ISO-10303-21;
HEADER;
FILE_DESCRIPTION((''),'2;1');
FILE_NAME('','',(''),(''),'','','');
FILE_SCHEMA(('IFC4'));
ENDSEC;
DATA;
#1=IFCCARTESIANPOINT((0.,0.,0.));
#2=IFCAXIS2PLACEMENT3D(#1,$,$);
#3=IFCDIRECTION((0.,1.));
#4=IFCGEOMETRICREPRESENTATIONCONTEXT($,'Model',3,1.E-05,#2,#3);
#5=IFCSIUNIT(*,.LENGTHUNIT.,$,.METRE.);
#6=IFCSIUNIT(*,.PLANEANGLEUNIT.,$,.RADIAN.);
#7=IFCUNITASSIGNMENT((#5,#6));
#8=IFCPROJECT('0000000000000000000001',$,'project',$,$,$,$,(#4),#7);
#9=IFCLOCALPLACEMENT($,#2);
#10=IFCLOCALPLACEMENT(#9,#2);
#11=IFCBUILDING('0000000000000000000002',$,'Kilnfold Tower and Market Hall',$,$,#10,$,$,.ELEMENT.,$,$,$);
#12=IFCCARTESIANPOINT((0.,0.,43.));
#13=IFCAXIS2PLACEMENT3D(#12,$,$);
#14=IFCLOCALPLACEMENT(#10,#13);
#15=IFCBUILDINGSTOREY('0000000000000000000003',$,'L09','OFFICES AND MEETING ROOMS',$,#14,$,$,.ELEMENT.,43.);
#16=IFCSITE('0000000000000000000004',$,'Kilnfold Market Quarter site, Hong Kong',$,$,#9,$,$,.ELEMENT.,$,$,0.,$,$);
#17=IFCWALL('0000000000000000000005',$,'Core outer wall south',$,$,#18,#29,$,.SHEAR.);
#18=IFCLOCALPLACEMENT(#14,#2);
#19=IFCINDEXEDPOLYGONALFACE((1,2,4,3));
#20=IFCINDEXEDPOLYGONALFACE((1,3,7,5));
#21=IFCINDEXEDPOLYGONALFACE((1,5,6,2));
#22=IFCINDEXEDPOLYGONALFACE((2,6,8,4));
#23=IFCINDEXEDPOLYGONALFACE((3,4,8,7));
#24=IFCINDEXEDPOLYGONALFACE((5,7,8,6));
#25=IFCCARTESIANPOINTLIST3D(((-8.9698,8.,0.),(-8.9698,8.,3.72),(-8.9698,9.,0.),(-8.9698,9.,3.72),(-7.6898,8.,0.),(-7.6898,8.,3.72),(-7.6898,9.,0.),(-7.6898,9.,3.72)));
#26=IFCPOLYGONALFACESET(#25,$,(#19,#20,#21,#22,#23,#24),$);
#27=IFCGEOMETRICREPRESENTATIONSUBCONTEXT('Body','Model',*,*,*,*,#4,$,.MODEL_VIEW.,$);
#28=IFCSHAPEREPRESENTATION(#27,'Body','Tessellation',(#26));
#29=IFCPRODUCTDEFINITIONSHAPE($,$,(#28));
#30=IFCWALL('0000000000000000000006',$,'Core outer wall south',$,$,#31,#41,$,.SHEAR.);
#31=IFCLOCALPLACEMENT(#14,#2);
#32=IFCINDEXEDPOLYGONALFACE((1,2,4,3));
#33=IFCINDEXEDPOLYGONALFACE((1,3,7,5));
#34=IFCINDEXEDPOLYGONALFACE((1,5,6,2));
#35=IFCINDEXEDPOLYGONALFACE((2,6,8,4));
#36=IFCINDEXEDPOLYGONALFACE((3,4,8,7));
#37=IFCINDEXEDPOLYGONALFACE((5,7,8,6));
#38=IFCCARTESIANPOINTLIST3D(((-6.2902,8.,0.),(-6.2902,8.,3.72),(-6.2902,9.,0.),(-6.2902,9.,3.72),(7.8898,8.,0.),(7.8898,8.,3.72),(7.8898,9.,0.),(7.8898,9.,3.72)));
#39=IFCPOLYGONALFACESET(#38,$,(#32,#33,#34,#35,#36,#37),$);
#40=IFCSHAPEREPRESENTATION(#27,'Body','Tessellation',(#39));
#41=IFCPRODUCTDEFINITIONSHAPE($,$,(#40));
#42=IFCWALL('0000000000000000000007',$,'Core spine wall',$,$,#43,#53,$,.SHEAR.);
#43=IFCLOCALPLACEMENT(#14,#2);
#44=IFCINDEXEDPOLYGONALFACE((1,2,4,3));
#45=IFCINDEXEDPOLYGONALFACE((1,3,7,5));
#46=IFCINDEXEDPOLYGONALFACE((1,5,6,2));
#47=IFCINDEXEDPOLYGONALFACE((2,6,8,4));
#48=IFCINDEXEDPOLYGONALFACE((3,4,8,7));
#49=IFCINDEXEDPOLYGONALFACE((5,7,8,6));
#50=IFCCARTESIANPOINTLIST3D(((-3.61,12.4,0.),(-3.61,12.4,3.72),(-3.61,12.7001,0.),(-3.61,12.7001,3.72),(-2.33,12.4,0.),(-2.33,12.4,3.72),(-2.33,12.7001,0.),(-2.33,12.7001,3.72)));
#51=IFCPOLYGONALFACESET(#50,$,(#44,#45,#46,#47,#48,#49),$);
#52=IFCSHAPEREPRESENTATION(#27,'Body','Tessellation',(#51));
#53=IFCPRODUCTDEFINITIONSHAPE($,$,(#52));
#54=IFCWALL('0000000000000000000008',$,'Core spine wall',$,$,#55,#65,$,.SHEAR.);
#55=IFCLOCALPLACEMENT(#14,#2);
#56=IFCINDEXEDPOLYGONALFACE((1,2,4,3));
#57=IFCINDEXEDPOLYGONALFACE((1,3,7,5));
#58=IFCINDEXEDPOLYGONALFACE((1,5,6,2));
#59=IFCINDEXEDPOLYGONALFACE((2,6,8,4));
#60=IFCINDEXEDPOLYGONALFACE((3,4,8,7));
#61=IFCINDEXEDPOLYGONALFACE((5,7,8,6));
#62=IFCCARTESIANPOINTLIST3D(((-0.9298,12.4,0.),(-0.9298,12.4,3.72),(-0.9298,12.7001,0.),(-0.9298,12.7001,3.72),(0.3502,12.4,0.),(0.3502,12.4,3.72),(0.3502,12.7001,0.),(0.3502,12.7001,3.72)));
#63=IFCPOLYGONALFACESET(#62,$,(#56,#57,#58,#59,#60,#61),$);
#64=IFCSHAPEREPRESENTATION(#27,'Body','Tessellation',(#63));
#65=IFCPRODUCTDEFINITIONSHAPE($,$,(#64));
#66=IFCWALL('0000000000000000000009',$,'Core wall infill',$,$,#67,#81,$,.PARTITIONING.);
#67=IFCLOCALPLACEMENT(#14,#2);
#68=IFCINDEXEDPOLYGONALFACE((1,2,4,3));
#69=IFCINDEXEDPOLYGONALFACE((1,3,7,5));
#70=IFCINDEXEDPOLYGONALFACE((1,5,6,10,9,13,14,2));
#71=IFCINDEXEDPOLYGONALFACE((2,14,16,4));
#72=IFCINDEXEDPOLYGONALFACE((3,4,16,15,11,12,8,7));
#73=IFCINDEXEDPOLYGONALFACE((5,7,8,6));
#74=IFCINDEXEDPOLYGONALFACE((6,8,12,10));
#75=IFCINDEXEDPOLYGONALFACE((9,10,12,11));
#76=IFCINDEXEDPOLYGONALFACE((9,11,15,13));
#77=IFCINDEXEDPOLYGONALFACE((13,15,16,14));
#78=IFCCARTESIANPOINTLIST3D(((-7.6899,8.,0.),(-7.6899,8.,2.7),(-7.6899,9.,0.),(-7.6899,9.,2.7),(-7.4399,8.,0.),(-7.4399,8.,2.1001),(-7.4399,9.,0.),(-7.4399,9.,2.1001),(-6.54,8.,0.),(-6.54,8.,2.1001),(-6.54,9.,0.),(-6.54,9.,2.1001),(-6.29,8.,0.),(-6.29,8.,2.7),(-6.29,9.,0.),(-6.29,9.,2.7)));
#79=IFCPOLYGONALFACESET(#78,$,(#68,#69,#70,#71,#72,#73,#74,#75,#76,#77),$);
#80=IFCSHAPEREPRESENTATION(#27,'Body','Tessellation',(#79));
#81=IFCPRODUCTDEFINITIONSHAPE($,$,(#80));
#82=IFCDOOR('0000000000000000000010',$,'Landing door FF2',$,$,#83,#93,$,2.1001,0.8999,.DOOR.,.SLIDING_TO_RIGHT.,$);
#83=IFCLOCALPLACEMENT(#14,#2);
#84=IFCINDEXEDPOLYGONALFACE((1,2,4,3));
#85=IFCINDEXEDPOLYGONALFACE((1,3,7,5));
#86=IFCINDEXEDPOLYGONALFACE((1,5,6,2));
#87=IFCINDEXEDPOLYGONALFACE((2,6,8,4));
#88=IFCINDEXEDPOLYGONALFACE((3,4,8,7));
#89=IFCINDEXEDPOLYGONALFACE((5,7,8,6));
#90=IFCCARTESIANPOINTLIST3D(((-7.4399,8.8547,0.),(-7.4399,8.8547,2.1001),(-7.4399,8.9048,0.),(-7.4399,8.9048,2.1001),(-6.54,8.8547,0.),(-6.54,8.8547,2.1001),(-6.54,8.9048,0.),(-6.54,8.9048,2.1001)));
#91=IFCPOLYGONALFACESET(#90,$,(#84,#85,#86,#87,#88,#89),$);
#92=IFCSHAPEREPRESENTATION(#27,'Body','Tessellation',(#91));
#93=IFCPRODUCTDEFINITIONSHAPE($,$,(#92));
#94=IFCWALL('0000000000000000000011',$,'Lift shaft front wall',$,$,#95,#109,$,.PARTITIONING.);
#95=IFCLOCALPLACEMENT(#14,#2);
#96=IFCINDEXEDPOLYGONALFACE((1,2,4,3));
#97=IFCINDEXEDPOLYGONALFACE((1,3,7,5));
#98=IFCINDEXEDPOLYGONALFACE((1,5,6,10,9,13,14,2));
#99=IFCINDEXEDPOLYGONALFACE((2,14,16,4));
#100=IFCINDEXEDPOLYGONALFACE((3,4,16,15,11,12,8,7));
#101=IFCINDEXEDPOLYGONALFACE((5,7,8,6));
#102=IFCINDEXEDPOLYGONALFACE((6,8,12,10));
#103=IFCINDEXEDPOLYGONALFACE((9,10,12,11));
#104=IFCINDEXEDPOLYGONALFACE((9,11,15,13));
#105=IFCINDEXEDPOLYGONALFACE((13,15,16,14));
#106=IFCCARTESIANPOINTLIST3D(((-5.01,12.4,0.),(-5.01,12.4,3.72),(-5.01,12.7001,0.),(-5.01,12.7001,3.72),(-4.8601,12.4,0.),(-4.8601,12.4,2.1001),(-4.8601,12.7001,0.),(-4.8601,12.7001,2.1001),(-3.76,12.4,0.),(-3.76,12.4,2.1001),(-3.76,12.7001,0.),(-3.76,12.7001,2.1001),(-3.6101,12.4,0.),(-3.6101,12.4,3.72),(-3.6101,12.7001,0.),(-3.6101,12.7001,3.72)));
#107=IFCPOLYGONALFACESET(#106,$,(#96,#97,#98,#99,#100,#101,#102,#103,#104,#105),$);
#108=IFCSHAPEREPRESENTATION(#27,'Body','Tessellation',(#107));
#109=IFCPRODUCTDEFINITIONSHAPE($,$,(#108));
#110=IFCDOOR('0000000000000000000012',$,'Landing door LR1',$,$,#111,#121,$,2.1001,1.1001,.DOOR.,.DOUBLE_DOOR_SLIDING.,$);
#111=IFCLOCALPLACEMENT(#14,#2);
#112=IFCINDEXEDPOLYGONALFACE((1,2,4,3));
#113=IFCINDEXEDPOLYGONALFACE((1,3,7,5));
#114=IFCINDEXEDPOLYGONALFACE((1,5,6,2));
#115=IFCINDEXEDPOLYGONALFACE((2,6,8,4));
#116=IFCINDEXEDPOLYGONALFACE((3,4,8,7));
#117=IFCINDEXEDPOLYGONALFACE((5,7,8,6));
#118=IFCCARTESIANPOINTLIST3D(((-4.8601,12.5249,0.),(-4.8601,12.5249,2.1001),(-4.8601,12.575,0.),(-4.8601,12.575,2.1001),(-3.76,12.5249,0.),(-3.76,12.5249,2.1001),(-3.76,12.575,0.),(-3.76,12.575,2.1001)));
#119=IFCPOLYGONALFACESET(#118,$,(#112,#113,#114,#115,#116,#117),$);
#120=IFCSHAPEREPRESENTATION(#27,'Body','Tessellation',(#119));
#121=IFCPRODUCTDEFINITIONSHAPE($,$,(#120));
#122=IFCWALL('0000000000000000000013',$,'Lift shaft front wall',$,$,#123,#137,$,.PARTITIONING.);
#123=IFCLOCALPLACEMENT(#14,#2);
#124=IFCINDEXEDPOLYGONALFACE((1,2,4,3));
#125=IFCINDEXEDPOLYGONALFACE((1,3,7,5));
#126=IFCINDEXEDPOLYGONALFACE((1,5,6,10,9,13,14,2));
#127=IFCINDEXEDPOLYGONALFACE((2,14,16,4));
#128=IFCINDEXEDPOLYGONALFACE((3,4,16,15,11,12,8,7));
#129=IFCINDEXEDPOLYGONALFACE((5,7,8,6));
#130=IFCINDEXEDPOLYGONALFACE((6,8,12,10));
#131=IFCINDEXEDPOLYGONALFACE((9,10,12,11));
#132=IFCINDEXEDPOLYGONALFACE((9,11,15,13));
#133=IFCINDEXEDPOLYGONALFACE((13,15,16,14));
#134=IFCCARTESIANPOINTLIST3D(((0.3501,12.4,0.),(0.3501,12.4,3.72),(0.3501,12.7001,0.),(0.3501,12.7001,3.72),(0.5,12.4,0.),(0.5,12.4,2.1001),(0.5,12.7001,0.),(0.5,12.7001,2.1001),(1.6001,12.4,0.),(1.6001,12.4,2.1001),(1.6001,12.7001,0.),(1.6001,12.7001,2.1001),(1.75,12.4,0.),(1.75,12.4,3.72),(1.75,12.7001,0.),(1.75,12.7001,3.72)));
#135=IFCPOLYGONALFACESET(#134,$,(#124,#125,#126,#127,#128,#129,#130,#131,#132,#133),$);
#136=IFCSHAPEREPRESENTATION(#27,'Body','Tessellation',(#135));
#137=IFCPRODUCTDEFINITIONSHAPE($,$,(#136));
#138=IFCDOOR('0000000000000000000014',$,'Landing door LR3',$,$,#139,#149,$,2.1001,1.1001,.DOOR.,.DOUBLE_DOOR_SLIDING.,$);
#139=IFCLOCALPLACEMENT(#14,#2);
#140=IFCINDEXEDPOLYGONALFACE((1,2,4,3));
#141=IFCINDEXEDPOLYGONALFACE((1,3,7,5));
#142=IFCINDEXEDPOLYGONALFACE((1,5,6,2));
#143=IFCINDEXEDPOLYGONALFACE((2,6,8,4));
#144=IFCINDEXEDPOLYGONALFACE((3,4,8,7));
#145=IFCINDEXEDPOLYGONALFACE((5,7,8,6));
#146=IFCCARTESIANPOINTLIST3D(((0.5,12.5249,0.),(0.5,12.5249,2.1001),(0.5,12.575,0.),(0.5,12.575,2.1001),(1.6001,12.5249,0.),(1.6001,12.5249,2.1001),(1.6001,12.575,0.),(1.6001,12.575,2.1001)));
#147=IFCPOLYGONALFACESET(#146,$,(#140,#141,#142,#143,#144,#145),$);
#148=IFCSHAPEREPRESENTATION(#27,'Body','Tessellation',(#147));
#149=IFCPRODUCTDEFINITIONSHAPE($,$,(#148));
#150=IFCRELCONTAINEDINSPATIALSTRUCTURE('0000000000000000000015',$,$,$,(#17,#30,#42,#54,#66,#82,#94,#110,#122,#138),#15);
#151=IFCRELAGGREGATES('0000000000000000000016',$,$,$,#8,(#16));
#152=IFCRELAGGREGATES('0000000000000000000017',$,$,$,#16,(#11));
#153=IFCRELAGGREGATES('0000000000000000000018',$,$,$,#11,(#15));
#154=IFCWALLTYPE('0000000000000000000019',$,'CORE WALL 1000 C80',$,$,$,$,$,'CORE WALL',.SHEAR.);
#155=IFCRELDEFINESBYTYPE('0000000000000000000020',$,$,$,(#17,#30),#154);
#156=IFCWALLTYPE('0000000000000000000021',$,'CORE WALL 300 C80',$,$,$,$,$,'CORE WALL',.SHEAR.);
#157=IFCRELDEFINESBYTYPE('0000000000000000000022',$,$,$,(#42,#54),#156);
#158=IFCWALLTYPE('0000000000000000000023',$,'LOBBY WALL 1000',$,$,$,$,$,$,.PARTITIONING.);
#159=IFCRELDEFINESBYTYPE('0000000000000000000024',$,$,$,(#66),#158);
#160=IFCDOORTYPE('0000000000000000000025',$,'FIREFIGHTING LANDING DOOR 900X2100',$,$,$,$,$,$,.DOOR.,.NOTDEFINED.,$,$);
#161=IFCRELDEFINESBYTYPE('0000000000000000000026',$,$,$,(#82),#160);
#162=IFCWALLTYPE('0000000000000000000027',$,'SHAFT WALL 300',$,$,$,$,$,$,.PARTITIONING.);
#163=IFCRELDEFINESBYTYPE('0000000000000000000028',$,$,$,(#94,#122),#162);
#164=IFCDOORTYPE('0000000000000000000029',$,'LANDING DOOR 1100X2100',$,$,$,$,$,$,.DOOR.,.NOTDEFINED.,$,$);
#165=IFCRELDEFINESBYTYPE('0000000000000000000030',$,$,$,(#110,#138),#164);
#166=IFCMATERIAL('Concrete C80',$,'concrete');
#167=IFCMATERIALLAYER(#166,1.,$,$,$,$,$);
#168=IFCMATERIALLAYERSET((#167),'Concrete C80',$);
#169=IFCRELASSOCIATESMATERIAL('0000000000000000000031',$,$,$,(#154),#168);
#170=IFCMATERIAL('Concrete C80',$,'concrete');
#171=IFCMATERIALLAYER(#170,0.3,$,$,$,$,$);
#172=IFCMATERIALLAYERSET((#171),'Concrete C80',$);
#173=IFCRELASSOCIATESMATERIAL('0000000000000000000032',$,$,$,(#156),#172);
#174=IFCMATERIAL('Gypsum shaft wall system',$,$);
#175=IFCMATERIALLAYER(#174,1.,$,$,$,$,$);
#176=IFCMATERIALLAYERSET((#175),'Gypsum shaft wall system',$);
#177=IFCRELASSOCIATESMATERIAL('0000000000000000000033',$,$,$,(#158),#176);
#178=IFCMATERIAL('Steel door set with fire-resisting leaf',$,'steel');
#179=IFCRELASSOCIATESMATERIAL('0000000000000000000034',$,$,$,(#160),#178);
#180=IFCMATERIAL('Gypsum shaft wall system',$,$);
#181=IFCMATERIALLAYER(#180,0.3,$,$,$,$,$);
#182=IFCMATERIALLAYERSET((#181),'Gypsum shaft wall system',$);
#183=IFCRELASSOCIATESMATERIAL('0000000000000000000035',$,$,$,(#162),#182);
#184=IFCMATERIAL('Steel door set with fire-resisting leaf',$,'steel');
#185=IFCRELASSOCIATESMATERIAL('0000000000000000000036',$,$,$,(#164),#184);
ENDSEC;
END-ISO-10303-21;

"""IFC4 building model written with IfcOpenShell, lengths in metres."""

from ifc_helpers import new_model, si_unit, direction, frame, frame_2d, origin, place, context, subcontext, project, spatial, rectangle, extrude, source, transform, mapped, material, layer, layer_set, type_object, element, fill, save


model = new_model("IFC4")

# Units and contexts
model_context = context("Model", 3, precision=1e-05, world=origin(), true_north=direction((0.0, 1.0)))
body_context = subcontext(model_context, "Body", "Model", "MODEL_VIEW")
ifc_project = project(units=[si_unit("LENGTHUNIT", "METRE"), si_unit("PLANEANGLEUNIT", "RADIAN")], contexts=[model_context])

# Site, building, storey
site_placement = place(None, origin())
site = spatial("IfcSite", under=ifc_project, at=site_placement, Name="Kilnfold Market Quarter site, Hong Kong", CompositionType="ELEMENT", RefElevation=0.0)
building_placement = place(site_placement, origin())
building = spatial("IfcBuilding", under=site, at=building_placement, Name="Kilnfold Tower and Market Hall", CompositionType="ELEMENT")
storey_placement = place(building_placement, frame((0.0, 0.0, 43.0)))
storey = spatial("IfcBuildingStorey", under=building, at=storey_placement, Name="L09", Description="OFFICES AND MEETING ROOMS", CompositionType="ELEMENT", Elevation=43.0)

# Walls
ifc_material_1 = material(Name="Concrete C80", Category="concrete")
ifc_layer_1 = layer(ifc_material_1, 1.0)
ifc_layer_set_1 = layer_set([ifc_layer_1], Name="Concrete C80")
wall_type_1 = type_object("IfcWallType", Name="CORE WALL 1000 C80", ElementType="CORE WALL", PredefinedType="SHEAR", material=ifc_layer_set_1)
shared_shape_1 = source(origin(), body_context, "Body", "SweptSolid", [
    extrude(rectangle(XDim=1.28, YDim=1.0, at=frame_2d((0.6401, 0.0))), origin(), (0.0, 0.0, 1.0), 3.72),
])
wall_1_placement = place(storey_placement, frame((-8.97, 8.5, 0.0), z_axis=(0.0, 0.0, 1.0), x_axis=(1.0, 0.0, 0.0)))
element("IfcWall", 1, at=wall_1_placement, inside=storey, type_object=wall_type_1, Name="Core outer wall south", PredefinedType="SHEAR", context=body_context, shape_type="MappedRepresentation", body=[
    mapped(shared_shape_1, transform((0.0, 0.0, 0.0))),
])
shared_shape_2 = source(origin(), body_context, "Body", "SweptSolid", [
    extrude(rectangle(XDim=14.1799, YDim=1.0, at=frame_2d((7.0898, 0.0))), origin(), (0.0, 0.0, 1.0), 3.72),
])
wall_2_placement = place(storey_placement, frame((-6.29, 8.5, 0.0), z_axis=(0.0, 0.0, 1.0), x_axis=(1.0, 0.0, 0.0)))
element("IfcWall", 2, at=wall_2_placement, inside=storey, type_object=wall_type_1, Name="Core outer wall south", PredefinedType="SHEAR", context=body_context, shape_type="MappedRepresentation", body=[
    mapped(shared_shape_2, transform((0.0, 0.0, 0.0))),
])
ifc_material_2 = material(Name="Concrete C80", Category="concrete")
ifc_layer_2 = layer(ifc_material_2, 0.3)
ifc_layer_set_2 = layer_set([ifc_layer_2], Name="Concrete C80")
wall_type_2 = type_object("IfcWallType", Name="CORE WALL 300 C80", ElementType="CORE WALL", PredefinedType="SHEAR", material=ifc_layer_set_2)
shared_shape_3 = source(origin(), body_context, "Body", "SweptSolid", [
    extrude(rectangle(XDim=1.28, YDim=0.3, at=frame_2d((0.6401, 0.0))), origin(), (0.0, 0.0, 1.0), 3.72),
])
for number, where, z_axis, x_axis, name in (
    (3, (-3.6101, 12.55, 0.0), (0.0, 0.0, 1.0), (1.0, 0.0, 0.0), "Core spine wall"),
    (4, (-0.9299, 12.55, 0.0), (0.0, 0.0, 1.0), (1.0, 0.0, 0.0), "Core spine wall"),
):
    element("IfcWall", number, at=place(storey_placement, frame(where, z_axis=z_axis, x_axis=x_axis)), inside=storey, type_object=wall_type_2, Name=name, PredefinedType="SHEAR", context=body_context, shape_type="MappedRepresentation", body=[
        mapped(shared_shape_3, transform((0.0, 0.0, 0.0))),
    ])

# Walls, openings, doors
ifc_material_3 = material(Name="Gypsum shaft wall system")
ifc_layer_3 = layer(ifc_material_3, 1.0)
ifc_layer_set_3 = layer_set([ifc_layer_3], Name="Gypsum shaft wall system")
wall_type_3 = type_object("IfcWallType", Name="LOBBY WALL 1000", PredefinedType="PARTITIONING", material=ifc_layer_set_3)
shared_shape_4 = source(origin(), body_context, "Body", "SweptSolid", [
    extrude(rectangle(XDim=1.3999, YDim=1.0, at=frame_2d((0.7, 0.0))), origin(), (0.0, 0.0, 1.0), 2.7),
])
wall_3_placement = place(storey_placement, frame((-7.6899, 8.5, 0.0), z_axis=(0.0, 0.0, 1.0), x_axis=(1.0, 0.0, 0.0)))
wall_3 = element("IfcWall", 5, at=wall_3_placement, inside=storey, type_object=wall_type_3, Name="Core wall infill", PredefinedType="PARTITIONING", context=body_context, shape_type="MappedRepresentation", body=[
    mapped(shared_shape_4, transform((0.0, 0.0, 0.0))),
])
opening_1_placement = place(wall_3_placement, frame((0.25, 0.0, 0.0)))
opening_1 = element("IfcOpeningElement", 6, at=opening_1_placement, cuts=wall_3, PredefinedType="OPENING", context=body_context, shape_type="SweptSolid", body=[
    extrude(rectangle(XDim=0.8999, YDim=2.1001, at=frame_2d((0.45, 1.05))), frame((0.0, 0.51, 0.0), z_axis=(0.0, -1.0, 0.0), x_axis=(1.0, 0.0, 0.0)), (0.0, 0.0, 1.0), 1.02),
])
ifc_material_4 = material(Name="Steel door set with fire-resisting leaf", Category="steel")
door_type_1 = type_object("IfcDoorType", Name="FIREFIGHTING LANDING DOOR 900X2100", OperationType="NOTDEFINED", PredefinedType="DOOR", material=ifc_material_4)
door_1_placement = place(opening_1_placement, origin())
door_1 = element("IfcDoor", 7, at=door_1_placement, inside=storey, type_object=door_type_1, Name="Landing door FF2", OperationType="SLIDING_TO_RIGHT", OverallHeight=2.1001, OverallWidth=0.8999, PredefinedType="DOOR", context=body_context, shape_type="SweptSolid", body=[
    extrude(rectangle(XDim=0.8999, YDim=2.1001, at=frame_2d((0.45, 1.05))), frame((0.0, 0.4048, 0.0), z_axis=(0.0, -1.0, 0.0), x_axis=(1.0, 0.0, 0.0)), (0.0, 0.0, 1.0), 0.05),
])
fill(opening_1, door_1)
ifc_material_5 = material(Name="Gypsum shaft wall system")
ifc_layer_4 = layer(ifc_material_5, 0.3)
ifc_layer_set_4 = layer_set([ifc_layer_4], Name="Gypsum shaft wall system")
wall_type_4 = type_object("IfcWallType", Name="SHAFT WALL 300", PredefinedType="PARTITIONING", material=ifc_layer_set_4)
shared_shape_5 = source(origin(), body_context, "Body", "SweptSolid", [
    extrude(rectangle(XDim=1.3999, YDim=0.3, at=frame_2d((0.7, 0.0))), origin(), (0.0, 0.0, 1.0), 3.72),
])
wall_4_placement = place(storey_placement, frame((-5.01, 12.55, 0.0), z_axis=(0.0, 0.0, 1.0), x_axis=(1.0, 0.0, 0.0)))
wall_4 = element("IfcWall", 8, at=wall_4_placement, inside=storey, type_object=wall_type_4, Name="Lift shaft front wall", PredefinedType="PARTITIONING", context=body_context, shape_type="MappedRepresentation", body=[
    mapped(shared_shape_5, transform((0.0, 0.0, 0.0))),
])
opening_2_placement = place(wall_4_placement, frame((0.1499, 0.0, 0.0)))
opening_2 = element("IfcOpeningElement", 9, at=opening_2_placement, cuts=wall_4, PredefinedType="OPENING", context=body_context, shape_type="SweptSolid", body=[
    extrude(rectangle(XDim=1.1001, YDim=2.1001, at=frame_2d((0.55, 1.05))), frame((0.0, 0.1602, 0.0), z_axis=(0.0, -1.0, 0.0), x_axis=(1.0, 0.0, 0.0)), (0.0, 0.0, 1.0), 0.3201),
])
ifc_material_6 = material(Name="Steel door set with fire-resisting leaf", Category="steel")
door_type_2 = type_object("IfcDoorType", Name="LANDING DOOR 1100X2100", OperationType="NOTDEFINED", PredefinedType="DOOR", material=ifc_material_6)
door_2_placement = place(opening_2_placement, origin())
door_2 = element("IfcDoor", 10, at=door_2_placement, inside=storey, type_object=door_type_2, Name="Landing door LR1", OperationType="DOUBLE_DOOR_SLIDING", OverallHeight=2.1001, OverallWidth=1.1001, PredefinedType="DOOR", context=body_context, shape_type="SweptSolid", body=[
    extrude(rectangle(XDim=1.1001, YDim=2.1001, at=frame_2d((0.55, 1.05))), frame((0.0, 0.0249, 0.0), z_axis=(0.0, -1.0, 0.0), x_axis=(1.0, 0.0, 0.0)), (0.0, 0.0, 1.0), 0.05),
])
fill(opening_2, door_2)
wall_5_placement = place(storey_placement, frame((0.3501, 12.55, 0.0), z_axis=(0.0, 0.0, 1.0), x_axis=(1.0, 0.0, 0.0)))
wall_5 = element("IfcWall", 11, at=wall_5_placement, inside=storey, type_object=wall_type_4, Name="Lift shaft front wall", PredefinedType="PARTITIONING", context=body_context, shape_type="MappedRepresentation", body=[
    mapped(shared_shape_5, transform((0.0, 0.0, 0.0))),
])
opening_3_placement = place(wall_5_placement, frame((0.1499, 0.0, 0.0)))
opening_3 = element("IfcOpeningElement", 12, at=opening_3_placement, cuts=wall_5, PredefinedType="OPENING", context=body_context, shape_type="SweptSolid", body=[
    extrude(rectangle(XDim=1.1001, YDim=2.1001, at=frame_2d((0.55, 1.05))), frame((0.0, 0.1602, 0.0), z_axis=(0.0, -1.0, 0.0), x_axis=(1.0, 0.0, 0.0)), (0.0, 0.0, 1.0), 0.3201),
])
door_3_placement = place(opening_3_placement, origin())
door_3 = element("IfcDoor", 13, at=door_3_placement, inside=storey, type_object=door_type_2, Name="Landing door LR3", OperationType="DOUBLE_DOOR_SLIDING", OverallHeight=2.1001, OverallWidth=1.1001, PredefinedType="DOOR", context=body_context, shape_type="SweptSolid", body=[
    extrude(rectangle(XDim=1.1001, YDim=2.1001, at=frame_2d((0.55, 1.05))), frame((0.0, 0.0249, 0.0), z_axis=(0.0, -1.0, 0.0), x_axis=(1.0, 0.0, 0.0)), (0.0, 0.0, 1.0), 0.05),
])
fill(opening_3, door_3)

save(model, "model.ifc")
